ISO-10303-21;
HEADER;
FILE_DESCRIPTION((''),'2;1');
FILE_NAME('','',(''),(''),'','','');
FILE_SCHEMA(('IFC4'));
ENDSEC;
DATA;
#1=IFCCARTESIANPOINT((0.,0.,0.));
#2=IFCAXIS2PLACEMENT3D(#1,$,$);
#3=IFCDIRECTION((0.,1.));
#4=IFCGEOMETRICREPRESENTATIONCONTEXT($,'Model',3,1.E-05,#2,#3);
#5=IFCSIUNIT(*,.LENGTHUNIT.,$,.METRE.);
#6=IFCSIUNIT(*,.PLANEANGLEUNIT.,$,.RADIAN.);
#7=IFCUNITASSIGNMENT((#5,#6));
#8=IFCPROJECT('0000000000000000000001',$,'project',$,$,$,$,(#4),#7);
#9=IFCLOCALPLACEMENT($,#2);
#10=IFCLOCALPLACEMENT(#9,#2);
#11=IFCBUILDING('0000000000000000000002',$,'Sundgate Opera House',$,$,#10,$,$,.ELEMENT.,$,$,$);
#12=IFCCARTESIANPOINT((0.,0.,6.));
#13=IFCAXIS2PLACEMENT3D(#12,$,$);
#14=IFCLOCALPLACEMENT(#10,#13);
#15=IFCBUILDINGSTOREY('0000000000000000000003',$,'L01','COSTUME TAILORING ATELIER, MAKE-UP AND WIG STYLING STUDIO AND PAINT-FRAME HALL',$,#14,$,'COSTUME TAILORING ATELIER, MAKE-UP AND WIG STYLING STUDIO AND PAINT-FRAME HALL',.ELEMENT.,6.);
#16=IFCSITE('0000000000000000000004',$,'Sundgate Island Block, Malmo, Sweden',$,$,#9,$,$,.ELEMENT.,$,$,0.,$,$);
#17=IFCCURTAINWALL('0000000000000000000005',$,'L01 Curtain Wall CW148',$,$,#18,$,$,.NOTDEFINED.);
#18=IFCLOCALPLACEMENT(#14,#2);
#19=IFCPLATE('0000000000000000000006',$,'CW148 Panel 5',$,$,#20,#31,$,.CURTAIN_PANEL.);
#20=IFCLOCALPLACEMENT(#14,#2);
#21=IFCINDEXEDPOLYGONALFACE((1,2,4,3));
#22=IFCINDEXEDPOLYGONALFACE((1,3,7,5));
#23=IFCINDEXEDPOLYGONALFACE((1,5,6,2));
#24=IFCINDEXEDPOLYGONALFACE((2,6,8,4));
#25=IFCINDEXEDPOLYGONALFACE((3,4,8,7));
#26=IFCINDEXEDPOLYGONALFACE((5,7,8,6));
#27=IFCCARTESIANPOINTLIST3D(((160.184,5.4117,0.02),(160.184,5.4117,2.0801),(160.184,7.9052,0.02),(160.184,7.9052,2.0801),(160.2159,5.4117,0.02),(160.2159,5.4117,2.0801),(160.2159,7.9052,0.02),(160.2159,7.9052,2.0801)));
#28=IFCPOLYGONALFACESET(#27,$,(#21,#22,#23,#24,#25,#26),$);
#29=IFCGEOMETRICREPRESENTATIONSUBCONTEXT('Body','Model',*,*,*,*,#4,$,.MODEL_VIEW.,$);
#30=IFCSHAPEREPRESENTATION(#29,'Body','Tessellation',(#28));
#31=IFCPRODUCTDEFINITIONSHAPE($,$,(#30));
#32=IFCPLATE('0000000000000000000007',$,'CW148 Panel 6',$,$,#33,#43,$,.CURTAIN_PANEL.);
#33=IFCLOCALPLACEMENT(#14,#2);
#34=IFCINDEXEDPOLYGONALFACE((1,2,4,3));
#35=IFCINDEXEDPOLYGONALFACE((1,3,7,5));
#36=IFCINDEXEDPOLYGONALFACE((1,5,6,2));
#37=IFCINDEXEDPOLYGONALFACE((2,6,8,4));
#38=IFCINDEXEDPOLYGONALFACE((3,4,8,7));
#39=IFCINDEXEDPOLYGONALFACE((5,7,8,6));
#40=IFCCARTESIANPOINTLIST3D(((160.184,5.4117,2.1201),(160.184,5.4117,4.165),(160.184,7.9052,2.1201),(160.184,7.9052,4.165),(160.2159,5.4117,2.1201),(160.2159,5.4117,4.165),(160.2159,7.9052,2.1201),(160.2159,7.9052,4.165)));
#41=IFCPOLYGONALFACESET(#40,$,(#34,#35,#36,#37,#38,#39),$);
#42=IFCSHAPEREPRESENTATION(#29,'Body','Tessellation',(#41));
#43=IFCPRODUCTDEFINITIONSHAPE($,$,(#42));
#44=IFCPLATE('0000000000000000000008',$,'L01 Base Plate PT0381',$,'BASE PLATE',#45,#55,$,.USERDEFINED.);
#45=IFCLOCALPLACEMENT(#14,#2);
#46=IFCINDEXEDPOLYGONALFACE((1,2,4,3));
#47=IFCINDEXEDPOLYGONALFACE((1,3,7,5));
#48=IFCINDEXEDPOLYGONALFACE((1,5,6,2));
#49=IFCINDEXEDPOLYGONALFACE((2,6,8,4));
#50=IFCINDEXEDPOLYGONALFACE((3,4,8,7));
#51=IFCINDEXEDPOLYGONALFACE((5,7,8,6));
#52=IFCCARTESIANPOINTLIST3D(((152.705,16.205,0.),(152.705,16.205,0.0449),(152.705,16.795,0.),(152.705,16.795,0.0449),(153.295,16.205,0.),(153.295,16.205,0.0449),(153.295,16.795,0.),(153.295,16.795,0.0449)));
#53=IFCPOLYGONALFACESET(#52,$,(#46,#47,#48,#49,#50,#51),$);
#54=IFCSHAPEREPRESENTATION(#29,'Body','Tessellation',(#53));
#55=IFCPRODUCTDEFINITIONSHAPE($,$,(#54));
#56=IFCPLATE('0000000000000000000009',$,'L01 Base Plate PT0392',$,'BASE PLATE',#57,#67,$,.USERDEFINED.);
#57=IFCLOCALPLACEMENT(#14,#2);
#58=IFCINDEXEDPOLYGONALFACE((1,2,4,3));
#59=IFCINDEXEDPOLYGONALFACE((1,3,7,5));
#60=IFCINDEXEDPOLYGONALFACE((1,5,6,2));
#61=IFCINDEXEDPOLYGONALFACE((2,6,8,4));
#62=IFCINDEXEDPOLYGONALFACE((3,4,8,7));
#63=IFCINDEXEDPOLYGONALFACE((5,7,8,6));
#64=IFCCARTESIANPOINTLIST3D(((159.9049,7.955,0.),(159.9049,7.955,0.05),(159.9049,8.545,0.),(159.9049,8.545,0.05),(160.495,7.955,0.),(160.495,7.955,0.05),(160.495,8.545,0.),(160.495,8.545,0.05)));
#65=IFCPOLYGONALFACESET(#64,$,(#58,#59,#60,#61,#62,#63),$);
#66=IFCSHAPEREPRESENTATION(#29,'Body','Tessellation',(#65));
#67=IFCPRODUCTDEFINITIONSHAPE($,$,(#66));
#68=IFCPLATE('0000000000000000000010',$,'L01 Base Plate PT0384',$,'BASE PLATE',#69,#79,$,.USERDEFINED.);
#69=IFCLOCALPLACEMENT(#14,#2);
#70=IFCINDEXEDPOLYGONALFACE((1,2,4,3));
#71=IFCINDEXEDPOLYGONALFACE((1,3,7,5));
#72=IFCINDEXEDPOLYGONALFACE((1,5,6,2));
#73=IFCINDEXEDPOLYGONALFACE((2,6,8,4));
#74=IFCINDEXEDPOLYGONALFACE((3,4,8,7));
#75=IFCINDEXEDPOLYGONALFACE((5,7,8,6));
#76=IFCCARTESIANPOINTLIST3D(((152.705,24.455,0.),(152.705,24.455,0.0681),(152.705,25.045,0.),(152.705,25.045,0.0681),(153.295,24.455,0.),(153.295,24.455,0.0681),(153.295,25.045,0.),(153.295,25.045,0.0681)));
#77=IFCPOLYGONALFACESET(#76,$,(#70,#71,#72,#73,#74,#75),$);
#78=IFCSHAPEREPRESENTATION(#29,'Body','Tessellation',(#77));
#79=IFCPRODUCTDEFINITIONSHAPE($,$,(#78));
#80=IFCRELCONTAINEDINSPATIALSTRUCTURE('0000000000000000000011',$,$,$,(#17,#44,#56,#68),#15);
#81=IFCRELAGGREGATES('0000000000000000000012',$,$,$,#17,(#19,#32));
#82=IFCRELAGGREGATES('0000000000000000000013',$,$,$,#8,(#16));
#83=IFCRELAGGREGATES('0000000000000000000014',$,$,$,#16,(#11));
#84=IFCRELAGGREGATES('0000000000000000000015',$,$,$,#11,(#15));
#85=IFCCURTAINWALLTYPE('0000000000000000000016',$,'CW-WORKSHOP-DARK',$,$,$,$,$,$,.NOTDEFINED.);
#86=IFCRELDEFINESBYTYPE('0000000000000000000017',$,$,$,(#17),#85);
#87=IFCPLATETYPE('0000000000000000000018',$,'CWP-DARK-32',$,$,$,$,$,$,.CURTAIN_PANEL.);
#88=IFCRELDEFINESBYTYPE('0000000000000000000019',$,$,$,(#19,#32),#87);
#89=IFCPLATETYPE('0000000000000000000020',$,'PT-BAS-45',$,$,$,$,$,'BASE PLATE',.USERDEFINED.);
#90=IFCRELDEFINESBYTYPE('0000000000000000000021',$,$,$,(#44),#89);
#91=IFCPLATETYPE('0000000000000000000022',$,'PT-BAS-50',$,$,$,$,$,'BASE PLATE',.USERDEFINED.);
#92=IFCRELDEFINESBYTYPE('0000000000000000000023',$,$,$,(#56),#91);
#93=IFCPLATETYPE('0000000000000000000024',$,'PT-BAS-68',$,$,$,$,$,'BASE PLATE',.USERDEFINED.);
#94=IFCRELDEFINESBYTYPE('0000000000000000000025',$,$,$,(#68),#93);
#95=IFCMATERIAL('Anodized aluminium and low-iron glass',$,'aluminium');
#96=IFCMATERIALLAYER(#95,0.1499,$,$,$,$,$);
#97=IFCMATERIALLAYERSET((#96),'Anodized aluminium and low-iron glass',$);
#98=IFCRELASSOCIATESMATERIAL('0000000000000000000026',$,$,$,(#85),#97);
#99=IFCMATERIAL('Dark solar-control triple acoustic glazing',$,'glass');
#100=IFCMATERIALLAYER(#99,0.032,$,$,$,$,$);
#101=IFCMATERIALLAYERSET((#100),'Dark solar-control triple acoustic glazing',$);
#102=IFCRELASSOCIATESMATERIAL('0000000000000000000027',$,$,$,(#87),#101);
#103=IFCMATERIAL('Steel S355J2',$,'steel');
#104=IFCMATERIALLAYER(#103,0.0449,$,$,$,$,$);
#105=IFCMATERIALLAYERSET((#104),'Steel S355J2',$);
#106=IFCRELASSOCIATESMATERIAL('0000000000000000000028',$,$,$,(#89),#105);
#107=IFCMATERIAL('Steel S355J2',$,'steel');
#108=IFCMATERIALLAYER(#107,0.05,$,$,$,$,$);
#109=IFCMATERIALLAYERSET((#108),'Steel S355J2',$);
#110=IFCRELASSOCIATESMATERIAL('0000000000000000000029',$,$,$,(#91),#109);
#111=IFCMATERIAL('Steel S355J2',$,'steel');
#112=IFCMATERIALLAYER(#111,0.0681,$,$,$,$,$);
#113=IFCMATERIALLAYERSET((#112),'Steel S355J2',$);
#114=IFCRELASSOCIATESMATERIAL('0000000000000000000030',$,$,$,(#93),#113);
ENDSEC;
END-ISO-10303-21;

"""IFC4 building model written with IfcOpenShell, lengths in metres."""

from ifc_helpers import new_model, si_unit, direction, frame, origin, origin_2d, place, context, subcontext, project, spatial, rectangle, extrude, material, layer, layer_set, type_object, element, aggregate, save


model = new_model("IFC4")

# Units and contexts
model_context = context("Model", 3, precision=1e-05, world=origin(), true_north=direction((0.0, 1.0)))
body_context = subcontext(model_context, "Body", "Model", "MODEL_VIEW")
ifc_project = project(units=[si_unit("LENGTHUNIT", "METRE"), si_unit("PLANEANGLEUNIT", "RADIAN")], contexts=[model_context])

# Site, building, storey
site_placement = place(None, origin())
site = spatial("IfcSite", under=ifc_project, at=site_placement, Name="Sundgate Island Block, Malmo, Sweden", CompositionType="ELEMENT", RefElevation=0.0)
building_placement = place(site_placement, origin())
building = spatial("IfcBuilding", under=site, at=building_placement, Name="Sundgate Opera House", CompositionType="ELEMENT")
storey_placement = place(building_placement, frame((0.0, 0.0, 6.0)))
storey = spatial("IfcBuildingStorey", under=building, at=storey_placement, Name="L01", Description="COSTUME TAILORING ATELIER, MAKE-UP AND WIG STYLING STUDIO AND PAINT-FRAME HALL", LongName="COSTUME TAILORING ATELIER, MAKE-UP AND WIG STYLING STUDIO AND PAINT-FRAME HALL", CompositionType="ELEMENT", Elevation=6.0)

# Curtain wall
ifc_material_1 = material(Name="Anodized aluminium and low-iron glass", Category="aluminium")
ifc_layer_1 = layer(ifc_material_1, 0.1499)
ifc_layer_set_1 = layer_set([ifc_layer_1], Name="Anodized aluminium and low-iron glass")
curtain_wall_type = type_object("IfcCurtainWallType", Name="CW-WORKSHOP-DARK", PredefinedType="NOTDEFINED", material=ifc_layer_set_1)
curtain_wall_1_placement = place(storey_placement, origin())
curtain_wall_1 = element("IfcCurtainWall", 1, at=curtain_wall_1_placement, inside=storey, type_object=curtain_wall_type, Name="L01 Curtain Wall CW148", PredefinedType="NOTDEFINED")

# Plates
ifc_material_2 = material(Name="Dark solar-control triple acoustic glazing", Category="glass")
ifc_layer_2 = layer(ifc_material_2, 0.032)
ifc_layer_set_2 = layer_set([ifc_layer_2], Name="Dark solar-control triple acoustic glazing")
plate_type_1 = type_object("IfcPlateType", Name="CWP-DARK-32", PredefinedType="CURTAIN_PANEL", material=ifc_layer_set_2)
plate_1_placement = place(storey_placement, frame((160.2, 6.6584, 0.02), z_axis=(0.0, 0.0, 1.0), x_axis=(0.0, 1.0, 0.0)))
plate_1 = element("IfcPlate", 2, at=plate_1_placement, type_object=plate_type_1, Name="CW148 Panel 5", PredefinedType="CURTAIN_PANEL", context=body_context, shape_type="SweptSolid", body=[
    extrude(rectangle(XDim=2.4934, YDim=0.032, at=origin_2d()), origin(), (0.0, 0.0, 1.0), 2.0601),
])
plate_2_placement = place(storey_placement, frame((160.2, 6.6584, 2.1201), z_axis=(0.0, 0.0, 1.0), x_axis=(0.0, 1.0, 0.0)))
plate_2 = element("IfcPlate", 3, at=plate_2_placement, type_object=plate_type_1, Name="CW148 Panel 6", PredefinedType="CURTAIN_PANEL", context=body_context, shape_type="SweptSolid", body=[
    extrude(rectangle(XDim=2.4934, YDim=0.032, at=origin_2d()), origin(), (0.0, 0.0, 1.0), 2.0449),
])
aggregate(curtain_wall_1, [plate_1, plate_2])

# Plates
ifc_material_3 = material(Name="Steel S355J2", Category="steel")
ifc_layer_3 = layer(ifc_material_3, 0.0449)
ifc_layer_set_3 = layer_set([ifc_layer_3], Name="Steel S355J2")
plate_type_2 = type_object("IfcPlateType", Name="PT-BAS-45", ElementType="BASE PLATE", PredefinedType="USERDEFINED", material=ifc_layer_set_3)
plate_3_placement = place(storey_placement, frame((153.0, 16.5, 0.0), z_axis=(0.0, 0.0, 1.0), x_axis=(1.0, 0.0, 0.0)))
element("IfcPlate", 4, at=plate_3_placement, inside=storey, type_object=plate_type_2, Name="L01 Base Plate PT0381", ObjectType="BASE PLATE", PredefinedType="USERDEFINED", context=body_context, shape_type="SweptSolid", body=[
    extrude(rectangle(XDim=0.5901, YDim=0.5901, at=origin_2d()), origin(), (0.0, 0.0, 1.0), 0.0449),
])
ifc_material_4 = material(Name="Steel S355J2", Category="steel")
ifc_layer_4 = layer(ifc_material_4, 0.05)
ifc_layer_set_4 = layer_set([ifc_layer_4], Name="Steel S355J2")
plate_type_3 = type_object("IfcPlateType", Name="PT-BAS-50", ElementType="BASE PLATE", PredefinedType="USERDEFINED", material=ifc_layer_set_4)
plate_4_placement = place(storey_placement, frame((160.2, 8.25, 0.0), z_axis=(0.0, 0.0, 1.0), x_axis=(1.0, 0.0, 0.0)))
element("IfcPlate", 5, at=plate_4_placement, inside=storey, type_object=plate_type_3, Name="L01 Base Plate PT0392", ObjectType="BASE PLATE", PredefinedType="USERDEFINED", context=body_context, shape_type="SweptSolid", body=[
    extrude(rectangle(XDim=0.5901, YDim=0.5901, at=origin_2d()), origin(), (0.0, 0.0, 1.0), 0.05),
])
ifc_material_5 = material(Name="Steel S355J2", Category="steel")
ifc_layer_5 = layer(ifc_material_5, 0.0681)
ifc_layer_set_5 = layer_set([ifc_layer_5], Name="Steel S355J2")
plate_type_4 = type_object("IfcPlateType", Name="PT-BAS-68", ElementType="BASE PLATE", PredefinedType="USERDEFINED", material=ifc_layer_set_5)
plate_5_placement = place(storey_placement, frame((153.0, 24.75, 0.0), z_axis=(0.0, 0.0, 1.0), x_axis=(1.0, 0.0, 0.0)))
element("IfcPlate", 6, at=plate_5_placement, inside=storey, type_object=plate_type_4, Name="L01 Base Plate PT0384", ObjectType="BASE PLATE", PredefinedType="USERDEFINED", context=body_context, shape_type="SweptSolid", body=[
    extrude(rectangle(XDim=0.5901, YDim=0.5901, at=origin_2d()), origin(), (0.0, 0.0, 1.0), 0.0681),
])

save(model, "model.ifc")
